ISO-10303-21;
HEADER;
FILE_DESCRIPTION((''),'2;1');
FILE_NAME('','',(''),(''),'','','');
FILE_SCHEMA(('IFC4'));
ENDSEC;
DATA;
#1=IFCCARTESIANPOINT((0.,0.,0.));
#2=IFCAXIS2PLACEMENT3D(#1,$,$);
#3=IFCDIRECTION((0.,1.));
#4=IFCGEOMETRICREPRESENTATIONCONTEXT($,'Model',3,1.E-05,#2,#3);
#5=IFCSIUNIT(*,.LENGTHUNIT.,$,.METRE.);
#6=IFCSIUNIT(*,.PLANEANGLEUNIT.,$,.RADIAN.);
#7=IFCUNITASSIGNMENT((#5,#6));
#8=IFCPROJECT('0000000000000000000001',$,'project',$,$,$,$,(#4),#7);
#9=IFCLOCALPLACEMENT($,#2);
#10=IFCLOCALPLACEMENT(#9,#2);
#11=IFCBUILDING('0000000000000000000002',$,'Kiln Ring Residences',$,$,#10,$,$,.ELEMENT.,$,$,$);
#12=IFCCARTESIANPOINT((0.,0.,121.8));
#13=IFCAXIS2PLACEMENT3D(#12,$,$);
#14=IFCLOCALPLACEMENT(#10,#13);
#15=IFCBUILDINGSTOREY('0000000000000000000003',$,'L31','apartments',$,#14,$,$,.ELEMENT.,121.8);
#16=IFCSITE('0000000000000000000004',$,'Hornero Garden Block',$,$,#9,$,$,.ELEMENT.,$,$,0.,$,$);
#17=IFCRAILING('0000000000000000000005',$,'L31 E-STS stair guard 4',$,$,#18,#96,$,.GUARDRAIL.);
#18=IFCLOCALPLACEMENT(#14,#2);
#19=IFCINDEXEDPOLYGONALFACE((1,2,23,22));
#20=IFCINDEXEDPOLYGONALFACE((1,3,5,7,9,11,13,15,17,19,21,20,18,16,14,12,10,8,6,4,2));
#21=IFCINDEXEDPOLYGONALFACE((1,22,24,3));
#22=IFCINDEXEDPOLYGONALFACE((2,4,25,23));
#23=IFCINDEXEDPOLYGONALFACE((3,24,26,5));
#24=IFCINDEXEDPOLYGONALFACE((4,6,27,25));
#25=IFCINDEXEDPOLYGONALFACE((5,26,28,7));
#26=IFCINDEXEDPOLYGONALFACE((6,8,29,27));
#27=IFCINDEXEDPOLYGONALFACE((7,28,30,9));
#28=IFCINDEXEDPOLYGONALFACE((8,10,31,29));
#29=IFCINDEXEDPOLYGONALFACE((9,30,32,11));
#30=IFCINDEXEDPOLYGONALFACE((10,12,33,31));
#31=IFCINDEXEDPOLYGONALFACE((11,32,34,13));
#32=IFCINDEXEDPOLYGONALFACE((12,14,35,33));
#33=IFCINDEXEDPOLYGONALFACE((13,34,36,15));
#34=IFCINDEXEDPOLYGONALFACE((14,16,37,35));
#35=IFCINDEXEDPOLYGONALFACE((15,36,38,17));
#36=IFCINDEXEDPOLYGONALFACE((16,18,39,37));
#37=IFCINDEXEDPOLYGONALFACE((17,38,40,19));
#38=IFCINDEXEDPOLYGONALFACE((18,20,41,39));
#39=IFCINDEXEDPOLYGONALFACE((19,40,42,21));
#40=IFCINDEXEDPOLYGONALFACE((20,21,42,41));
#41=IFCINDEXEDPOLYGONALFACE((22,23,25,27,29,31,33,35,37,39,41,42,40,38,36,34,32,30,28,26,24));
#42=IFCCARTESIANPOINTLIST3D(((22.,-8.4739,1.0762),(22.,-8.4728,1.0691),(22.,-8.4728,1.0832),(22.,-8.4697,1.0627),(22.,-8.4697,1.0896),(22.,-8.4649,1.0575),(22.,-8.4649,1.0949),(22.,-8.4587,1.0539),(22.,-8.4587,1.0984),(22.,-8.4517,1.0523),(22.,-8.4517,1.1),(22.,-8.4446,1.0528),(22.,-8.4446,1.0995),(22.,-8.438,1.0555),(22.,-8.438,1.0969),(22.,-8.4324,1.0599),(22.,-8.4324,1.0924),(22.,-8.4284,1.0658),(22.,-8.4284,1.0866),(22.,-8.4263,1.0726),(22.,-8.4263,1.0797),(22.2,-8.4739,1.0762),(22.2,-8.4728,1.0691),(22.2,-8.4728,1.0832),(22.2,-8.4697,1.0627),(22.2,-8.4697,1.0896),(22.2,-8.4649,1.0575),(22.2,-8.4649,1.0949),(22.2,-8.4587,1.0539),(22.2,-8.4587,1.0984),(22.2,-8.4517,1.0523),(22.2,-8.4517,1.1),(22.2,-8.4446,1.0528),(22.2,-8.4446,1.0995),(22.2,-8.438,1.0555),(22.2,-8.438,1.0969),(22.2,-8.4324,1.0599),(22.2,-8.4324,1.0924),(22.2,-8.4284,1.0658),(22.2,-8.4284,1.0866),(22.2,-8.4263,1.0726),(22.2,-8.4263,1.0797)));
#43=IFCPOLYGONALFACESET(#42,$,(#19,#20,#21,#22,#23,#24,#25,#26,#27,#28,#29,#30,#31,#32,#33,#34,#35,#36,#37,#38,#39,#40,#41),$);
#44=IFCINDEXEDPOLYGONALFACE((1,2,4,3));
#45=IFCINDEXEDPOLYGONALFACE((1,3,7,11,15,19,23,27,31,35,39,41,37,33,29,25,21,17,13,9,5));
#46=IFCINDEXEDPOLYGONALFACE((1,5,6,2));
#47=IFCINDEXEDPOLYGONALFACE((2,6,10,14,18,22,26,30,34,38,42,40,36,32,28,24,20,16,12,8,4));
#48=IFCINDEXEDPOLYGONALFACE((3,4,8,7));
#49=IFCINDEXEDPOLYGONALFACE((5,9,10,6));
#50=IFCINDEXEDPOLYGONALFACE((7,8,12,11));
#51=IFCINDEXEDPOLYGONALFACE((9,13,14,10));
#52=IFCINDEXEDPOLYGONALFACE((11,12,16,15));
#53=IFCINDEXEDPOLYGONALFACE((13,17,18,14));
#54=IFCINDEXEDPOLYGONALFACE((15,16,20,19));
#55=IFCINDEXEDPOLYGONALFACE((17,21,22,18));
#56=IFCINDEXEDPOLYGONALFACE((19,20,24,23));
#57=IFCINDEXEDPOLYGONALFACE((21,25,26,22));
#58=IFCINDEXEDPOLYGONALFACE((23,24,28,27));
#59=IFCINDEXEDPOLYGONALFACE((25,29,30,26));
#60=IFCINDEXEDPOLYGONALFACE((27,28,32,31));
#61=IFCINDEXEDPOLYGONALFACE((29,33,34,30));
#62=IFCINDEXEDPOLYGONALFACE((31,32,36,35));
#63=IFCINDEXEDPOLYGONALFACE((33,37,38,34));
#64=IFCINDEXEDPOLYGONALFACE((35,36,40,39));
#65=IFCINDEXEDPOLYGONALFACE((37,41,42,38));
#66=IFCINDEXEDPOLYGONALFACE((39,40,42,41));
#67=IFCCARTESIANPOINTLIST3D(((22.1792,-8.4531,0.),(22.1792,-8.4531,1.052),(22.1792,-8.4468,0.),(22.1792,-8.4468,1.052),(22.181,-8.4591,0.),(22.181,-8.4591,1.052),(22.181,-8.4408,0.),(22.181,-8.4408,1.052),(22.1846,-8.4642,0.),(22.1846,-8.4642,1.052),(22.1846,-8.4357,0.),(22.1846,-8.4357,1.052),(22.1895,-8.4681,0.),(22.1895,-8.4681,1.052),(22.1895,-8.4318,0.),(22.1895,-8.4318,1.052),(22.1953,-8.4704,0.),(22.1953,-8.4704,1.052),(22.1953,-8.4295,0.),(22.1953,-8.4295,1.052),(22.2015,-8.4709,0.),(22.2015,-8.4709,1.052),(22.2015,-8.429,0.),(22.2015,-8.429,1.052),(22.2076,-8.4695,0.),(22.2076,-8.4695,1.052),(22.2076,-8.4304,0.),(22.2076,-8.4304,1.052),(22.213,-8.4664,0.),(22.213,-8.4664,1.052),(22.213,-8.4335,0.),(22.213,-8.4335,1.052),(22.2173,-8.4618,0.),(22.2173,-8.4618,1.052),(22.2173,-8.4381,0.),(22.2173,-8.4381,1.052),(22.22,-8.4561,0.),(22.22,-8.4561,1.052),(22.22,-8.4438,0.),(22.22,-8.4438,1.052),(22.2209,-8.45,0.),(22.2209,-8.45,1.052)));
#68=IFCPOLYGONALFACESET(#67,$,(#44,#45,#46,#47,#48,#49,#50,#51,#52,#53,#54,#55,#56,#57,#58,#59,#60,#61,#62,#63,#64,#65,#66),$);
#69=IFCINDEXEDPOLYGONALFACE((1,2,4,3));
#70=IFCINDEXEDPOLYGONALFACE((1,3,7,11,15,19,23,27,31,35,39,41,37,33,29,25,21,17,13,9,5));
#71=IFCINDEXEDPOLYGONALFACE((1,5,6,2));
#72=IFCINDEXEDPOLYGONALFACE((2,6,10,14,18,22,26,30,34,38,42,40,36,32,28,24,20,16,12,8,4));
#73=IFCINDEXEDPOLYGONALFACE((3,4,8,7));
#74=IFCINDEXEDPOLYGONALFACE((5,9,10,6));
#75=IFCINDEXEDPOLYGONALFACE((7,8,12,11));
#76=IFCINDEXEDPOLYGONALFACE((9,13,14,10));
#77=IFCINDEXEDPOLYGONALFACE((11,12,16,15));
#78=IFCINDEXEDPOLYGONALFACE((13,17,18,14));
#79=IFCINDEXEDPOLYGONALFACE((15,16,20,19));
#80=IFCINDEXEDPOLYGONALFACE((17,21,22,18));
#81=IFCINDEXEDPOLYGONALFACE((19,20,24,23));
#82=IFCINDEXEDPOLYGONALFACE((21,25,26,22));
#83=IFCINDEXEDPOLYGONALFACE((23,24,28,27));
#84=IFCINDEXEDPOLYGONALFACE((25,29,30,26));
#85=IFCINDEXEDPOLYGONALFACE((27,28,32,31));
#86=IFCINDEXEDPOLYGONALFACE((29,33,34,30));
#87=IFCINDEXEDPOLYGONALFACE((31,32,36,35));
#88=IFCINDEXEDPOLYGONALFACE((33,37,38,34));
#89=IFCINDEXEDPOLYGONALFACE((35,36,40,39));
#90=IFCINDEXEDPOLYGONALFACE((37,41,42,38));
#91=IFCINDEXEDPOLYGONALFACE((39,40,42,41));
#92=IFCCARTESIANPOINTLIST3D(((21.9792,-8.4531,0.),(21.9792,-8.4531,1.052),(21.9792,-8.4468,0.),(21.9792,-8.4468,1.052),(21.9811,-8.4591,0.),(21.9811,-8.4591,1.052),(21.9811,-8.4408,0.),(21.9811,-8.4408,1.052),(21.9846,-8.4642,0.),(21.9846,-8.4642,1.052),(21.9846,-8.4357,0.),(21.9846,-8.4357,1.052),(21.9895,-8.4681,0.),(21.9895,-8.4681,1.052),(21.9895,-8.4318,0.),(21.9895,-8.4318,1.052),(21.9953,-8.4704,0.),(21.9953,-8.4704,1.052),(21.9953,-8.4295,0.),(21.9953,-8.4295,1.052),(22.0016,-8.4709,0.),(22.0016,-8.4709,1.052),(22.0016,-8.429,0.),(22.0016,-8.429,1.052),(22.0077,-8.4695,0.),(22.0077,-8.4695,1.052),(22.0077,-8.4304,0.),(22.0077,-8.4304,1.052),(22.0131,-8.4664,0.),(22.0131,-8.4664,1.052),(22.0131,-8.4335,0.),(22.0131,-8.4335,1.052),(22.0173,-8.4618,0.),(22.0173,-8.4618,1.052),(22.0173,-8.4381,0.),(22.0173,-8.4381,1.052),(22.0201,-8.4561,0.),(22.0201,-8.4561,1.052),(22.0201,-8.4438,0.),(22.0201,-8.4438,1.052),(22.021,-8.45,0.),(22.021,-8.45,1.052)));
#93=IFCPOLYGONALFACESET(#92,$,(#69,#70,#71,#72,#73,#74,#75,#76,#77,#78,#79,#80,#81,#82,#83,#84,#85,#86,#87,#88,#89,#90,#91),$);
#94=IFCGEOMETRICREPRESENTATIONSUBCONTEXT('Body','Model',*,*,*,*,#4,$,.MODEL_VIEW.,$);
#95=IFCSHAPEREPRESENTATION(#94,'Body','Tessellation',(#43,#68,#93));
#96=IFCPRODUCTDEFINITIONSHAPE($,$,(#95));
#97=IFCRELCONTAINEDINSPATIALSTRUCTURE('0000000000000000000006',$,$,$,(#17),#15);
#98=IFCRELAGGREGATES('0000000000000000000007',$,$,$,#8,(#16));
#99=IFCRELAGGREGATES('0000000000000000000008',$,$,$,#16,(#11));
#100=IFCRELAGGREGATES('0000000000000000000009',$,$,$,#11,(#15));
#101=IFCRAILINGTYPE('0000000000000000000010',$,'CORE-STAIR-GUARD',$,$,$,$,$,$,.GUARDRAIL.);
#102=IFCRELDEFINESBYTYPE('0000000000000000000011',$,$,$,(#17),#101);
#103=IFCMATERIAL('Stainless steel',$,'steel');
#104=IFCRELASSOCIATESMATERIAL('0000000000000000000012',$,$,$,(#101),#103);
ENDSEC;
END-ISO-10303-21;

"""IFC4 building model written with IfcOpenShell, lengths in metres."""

from ifc_helpers import new_model, si_unit, direction, frame, origin, origin_2d, place, context, subcontext, project, spatial, circle, extrude, material, type_object, element, save


model = new_model("IFC4")

# Units and contexts
model_context = context("Model", 3, precision=1e-05, world=origin(), true_north=direction((0.0, 1.0)))
body_context = subcontext(model_context, "Body", "Model", "MODEL_VIEW")
ifc_project = project(units=[si_unit("LENGTHUNIT", "METRE"), si_unit("PLANEANGLEUNIT", "RADIAN")], contexts=[model_context])

# Site, building, storey
site_placement = place(None, origin())
site = spatial("IfcSite", under=ifc_project, at=site_placement, Name="Hornero Garden Block", CompositionType="ELEMENT", RefElevation=0.0)
building_placement = place(site_placement, origin())
building = spatial("IfcBuilding", under=site, at=building_placement, Name="Kiln Ring Residences", CompositionType="ELEMENT")
storey_placement = place(building_placement, frame((0.0, 0.0, 121.8)))
storey = spatial("IfcBuildingStorey", under=building, at=storey_placement, Name="L31", Description="apartments", CompositionType="ELEMENT", Elevation=121.8)

# Railing
ifc_material_1 = material(Name="Stainless steel", Category="steel")
railing_type_1 = type_object("IfcRailingType", Name="CORE-STAIR-GUARD", PredefinedType="GUARDRAIL", material=ifc_material_1)
railing_1_placement = place(storey_placement, frame((22.2, -8.45, 0.0)))
element("IfcRailing", 1, at=railing_1_placement, inside=storey, type_object=railing_type_1, Name="L31 E-STS stair guard 4", PredefinedType="GUARDRAIL", context=body_context, shape_type="SweptSolid", body=[
    extrude(circle(Radius=0.0239, at=origin_2d()), frame((0.0, 0.0, 1.0762), z_axis=(-1.0, 0.0, 0.0), x_axis=(0.0, -1.0, 0.0)), (0.0, 0.0, 1.0), 0.2),
    extrude(circle(Radius=0.021, at=origin_2d()), origin(), (0.0, 0.0, 1.0), 1.052),
    extrude(circle(Radius=0.021, at=origin_2d()), frame((-0.2, 0.0, 0.0)), (0.0, 0.0, 1.0), 1.052),
])

save(model, "model.ifc")
